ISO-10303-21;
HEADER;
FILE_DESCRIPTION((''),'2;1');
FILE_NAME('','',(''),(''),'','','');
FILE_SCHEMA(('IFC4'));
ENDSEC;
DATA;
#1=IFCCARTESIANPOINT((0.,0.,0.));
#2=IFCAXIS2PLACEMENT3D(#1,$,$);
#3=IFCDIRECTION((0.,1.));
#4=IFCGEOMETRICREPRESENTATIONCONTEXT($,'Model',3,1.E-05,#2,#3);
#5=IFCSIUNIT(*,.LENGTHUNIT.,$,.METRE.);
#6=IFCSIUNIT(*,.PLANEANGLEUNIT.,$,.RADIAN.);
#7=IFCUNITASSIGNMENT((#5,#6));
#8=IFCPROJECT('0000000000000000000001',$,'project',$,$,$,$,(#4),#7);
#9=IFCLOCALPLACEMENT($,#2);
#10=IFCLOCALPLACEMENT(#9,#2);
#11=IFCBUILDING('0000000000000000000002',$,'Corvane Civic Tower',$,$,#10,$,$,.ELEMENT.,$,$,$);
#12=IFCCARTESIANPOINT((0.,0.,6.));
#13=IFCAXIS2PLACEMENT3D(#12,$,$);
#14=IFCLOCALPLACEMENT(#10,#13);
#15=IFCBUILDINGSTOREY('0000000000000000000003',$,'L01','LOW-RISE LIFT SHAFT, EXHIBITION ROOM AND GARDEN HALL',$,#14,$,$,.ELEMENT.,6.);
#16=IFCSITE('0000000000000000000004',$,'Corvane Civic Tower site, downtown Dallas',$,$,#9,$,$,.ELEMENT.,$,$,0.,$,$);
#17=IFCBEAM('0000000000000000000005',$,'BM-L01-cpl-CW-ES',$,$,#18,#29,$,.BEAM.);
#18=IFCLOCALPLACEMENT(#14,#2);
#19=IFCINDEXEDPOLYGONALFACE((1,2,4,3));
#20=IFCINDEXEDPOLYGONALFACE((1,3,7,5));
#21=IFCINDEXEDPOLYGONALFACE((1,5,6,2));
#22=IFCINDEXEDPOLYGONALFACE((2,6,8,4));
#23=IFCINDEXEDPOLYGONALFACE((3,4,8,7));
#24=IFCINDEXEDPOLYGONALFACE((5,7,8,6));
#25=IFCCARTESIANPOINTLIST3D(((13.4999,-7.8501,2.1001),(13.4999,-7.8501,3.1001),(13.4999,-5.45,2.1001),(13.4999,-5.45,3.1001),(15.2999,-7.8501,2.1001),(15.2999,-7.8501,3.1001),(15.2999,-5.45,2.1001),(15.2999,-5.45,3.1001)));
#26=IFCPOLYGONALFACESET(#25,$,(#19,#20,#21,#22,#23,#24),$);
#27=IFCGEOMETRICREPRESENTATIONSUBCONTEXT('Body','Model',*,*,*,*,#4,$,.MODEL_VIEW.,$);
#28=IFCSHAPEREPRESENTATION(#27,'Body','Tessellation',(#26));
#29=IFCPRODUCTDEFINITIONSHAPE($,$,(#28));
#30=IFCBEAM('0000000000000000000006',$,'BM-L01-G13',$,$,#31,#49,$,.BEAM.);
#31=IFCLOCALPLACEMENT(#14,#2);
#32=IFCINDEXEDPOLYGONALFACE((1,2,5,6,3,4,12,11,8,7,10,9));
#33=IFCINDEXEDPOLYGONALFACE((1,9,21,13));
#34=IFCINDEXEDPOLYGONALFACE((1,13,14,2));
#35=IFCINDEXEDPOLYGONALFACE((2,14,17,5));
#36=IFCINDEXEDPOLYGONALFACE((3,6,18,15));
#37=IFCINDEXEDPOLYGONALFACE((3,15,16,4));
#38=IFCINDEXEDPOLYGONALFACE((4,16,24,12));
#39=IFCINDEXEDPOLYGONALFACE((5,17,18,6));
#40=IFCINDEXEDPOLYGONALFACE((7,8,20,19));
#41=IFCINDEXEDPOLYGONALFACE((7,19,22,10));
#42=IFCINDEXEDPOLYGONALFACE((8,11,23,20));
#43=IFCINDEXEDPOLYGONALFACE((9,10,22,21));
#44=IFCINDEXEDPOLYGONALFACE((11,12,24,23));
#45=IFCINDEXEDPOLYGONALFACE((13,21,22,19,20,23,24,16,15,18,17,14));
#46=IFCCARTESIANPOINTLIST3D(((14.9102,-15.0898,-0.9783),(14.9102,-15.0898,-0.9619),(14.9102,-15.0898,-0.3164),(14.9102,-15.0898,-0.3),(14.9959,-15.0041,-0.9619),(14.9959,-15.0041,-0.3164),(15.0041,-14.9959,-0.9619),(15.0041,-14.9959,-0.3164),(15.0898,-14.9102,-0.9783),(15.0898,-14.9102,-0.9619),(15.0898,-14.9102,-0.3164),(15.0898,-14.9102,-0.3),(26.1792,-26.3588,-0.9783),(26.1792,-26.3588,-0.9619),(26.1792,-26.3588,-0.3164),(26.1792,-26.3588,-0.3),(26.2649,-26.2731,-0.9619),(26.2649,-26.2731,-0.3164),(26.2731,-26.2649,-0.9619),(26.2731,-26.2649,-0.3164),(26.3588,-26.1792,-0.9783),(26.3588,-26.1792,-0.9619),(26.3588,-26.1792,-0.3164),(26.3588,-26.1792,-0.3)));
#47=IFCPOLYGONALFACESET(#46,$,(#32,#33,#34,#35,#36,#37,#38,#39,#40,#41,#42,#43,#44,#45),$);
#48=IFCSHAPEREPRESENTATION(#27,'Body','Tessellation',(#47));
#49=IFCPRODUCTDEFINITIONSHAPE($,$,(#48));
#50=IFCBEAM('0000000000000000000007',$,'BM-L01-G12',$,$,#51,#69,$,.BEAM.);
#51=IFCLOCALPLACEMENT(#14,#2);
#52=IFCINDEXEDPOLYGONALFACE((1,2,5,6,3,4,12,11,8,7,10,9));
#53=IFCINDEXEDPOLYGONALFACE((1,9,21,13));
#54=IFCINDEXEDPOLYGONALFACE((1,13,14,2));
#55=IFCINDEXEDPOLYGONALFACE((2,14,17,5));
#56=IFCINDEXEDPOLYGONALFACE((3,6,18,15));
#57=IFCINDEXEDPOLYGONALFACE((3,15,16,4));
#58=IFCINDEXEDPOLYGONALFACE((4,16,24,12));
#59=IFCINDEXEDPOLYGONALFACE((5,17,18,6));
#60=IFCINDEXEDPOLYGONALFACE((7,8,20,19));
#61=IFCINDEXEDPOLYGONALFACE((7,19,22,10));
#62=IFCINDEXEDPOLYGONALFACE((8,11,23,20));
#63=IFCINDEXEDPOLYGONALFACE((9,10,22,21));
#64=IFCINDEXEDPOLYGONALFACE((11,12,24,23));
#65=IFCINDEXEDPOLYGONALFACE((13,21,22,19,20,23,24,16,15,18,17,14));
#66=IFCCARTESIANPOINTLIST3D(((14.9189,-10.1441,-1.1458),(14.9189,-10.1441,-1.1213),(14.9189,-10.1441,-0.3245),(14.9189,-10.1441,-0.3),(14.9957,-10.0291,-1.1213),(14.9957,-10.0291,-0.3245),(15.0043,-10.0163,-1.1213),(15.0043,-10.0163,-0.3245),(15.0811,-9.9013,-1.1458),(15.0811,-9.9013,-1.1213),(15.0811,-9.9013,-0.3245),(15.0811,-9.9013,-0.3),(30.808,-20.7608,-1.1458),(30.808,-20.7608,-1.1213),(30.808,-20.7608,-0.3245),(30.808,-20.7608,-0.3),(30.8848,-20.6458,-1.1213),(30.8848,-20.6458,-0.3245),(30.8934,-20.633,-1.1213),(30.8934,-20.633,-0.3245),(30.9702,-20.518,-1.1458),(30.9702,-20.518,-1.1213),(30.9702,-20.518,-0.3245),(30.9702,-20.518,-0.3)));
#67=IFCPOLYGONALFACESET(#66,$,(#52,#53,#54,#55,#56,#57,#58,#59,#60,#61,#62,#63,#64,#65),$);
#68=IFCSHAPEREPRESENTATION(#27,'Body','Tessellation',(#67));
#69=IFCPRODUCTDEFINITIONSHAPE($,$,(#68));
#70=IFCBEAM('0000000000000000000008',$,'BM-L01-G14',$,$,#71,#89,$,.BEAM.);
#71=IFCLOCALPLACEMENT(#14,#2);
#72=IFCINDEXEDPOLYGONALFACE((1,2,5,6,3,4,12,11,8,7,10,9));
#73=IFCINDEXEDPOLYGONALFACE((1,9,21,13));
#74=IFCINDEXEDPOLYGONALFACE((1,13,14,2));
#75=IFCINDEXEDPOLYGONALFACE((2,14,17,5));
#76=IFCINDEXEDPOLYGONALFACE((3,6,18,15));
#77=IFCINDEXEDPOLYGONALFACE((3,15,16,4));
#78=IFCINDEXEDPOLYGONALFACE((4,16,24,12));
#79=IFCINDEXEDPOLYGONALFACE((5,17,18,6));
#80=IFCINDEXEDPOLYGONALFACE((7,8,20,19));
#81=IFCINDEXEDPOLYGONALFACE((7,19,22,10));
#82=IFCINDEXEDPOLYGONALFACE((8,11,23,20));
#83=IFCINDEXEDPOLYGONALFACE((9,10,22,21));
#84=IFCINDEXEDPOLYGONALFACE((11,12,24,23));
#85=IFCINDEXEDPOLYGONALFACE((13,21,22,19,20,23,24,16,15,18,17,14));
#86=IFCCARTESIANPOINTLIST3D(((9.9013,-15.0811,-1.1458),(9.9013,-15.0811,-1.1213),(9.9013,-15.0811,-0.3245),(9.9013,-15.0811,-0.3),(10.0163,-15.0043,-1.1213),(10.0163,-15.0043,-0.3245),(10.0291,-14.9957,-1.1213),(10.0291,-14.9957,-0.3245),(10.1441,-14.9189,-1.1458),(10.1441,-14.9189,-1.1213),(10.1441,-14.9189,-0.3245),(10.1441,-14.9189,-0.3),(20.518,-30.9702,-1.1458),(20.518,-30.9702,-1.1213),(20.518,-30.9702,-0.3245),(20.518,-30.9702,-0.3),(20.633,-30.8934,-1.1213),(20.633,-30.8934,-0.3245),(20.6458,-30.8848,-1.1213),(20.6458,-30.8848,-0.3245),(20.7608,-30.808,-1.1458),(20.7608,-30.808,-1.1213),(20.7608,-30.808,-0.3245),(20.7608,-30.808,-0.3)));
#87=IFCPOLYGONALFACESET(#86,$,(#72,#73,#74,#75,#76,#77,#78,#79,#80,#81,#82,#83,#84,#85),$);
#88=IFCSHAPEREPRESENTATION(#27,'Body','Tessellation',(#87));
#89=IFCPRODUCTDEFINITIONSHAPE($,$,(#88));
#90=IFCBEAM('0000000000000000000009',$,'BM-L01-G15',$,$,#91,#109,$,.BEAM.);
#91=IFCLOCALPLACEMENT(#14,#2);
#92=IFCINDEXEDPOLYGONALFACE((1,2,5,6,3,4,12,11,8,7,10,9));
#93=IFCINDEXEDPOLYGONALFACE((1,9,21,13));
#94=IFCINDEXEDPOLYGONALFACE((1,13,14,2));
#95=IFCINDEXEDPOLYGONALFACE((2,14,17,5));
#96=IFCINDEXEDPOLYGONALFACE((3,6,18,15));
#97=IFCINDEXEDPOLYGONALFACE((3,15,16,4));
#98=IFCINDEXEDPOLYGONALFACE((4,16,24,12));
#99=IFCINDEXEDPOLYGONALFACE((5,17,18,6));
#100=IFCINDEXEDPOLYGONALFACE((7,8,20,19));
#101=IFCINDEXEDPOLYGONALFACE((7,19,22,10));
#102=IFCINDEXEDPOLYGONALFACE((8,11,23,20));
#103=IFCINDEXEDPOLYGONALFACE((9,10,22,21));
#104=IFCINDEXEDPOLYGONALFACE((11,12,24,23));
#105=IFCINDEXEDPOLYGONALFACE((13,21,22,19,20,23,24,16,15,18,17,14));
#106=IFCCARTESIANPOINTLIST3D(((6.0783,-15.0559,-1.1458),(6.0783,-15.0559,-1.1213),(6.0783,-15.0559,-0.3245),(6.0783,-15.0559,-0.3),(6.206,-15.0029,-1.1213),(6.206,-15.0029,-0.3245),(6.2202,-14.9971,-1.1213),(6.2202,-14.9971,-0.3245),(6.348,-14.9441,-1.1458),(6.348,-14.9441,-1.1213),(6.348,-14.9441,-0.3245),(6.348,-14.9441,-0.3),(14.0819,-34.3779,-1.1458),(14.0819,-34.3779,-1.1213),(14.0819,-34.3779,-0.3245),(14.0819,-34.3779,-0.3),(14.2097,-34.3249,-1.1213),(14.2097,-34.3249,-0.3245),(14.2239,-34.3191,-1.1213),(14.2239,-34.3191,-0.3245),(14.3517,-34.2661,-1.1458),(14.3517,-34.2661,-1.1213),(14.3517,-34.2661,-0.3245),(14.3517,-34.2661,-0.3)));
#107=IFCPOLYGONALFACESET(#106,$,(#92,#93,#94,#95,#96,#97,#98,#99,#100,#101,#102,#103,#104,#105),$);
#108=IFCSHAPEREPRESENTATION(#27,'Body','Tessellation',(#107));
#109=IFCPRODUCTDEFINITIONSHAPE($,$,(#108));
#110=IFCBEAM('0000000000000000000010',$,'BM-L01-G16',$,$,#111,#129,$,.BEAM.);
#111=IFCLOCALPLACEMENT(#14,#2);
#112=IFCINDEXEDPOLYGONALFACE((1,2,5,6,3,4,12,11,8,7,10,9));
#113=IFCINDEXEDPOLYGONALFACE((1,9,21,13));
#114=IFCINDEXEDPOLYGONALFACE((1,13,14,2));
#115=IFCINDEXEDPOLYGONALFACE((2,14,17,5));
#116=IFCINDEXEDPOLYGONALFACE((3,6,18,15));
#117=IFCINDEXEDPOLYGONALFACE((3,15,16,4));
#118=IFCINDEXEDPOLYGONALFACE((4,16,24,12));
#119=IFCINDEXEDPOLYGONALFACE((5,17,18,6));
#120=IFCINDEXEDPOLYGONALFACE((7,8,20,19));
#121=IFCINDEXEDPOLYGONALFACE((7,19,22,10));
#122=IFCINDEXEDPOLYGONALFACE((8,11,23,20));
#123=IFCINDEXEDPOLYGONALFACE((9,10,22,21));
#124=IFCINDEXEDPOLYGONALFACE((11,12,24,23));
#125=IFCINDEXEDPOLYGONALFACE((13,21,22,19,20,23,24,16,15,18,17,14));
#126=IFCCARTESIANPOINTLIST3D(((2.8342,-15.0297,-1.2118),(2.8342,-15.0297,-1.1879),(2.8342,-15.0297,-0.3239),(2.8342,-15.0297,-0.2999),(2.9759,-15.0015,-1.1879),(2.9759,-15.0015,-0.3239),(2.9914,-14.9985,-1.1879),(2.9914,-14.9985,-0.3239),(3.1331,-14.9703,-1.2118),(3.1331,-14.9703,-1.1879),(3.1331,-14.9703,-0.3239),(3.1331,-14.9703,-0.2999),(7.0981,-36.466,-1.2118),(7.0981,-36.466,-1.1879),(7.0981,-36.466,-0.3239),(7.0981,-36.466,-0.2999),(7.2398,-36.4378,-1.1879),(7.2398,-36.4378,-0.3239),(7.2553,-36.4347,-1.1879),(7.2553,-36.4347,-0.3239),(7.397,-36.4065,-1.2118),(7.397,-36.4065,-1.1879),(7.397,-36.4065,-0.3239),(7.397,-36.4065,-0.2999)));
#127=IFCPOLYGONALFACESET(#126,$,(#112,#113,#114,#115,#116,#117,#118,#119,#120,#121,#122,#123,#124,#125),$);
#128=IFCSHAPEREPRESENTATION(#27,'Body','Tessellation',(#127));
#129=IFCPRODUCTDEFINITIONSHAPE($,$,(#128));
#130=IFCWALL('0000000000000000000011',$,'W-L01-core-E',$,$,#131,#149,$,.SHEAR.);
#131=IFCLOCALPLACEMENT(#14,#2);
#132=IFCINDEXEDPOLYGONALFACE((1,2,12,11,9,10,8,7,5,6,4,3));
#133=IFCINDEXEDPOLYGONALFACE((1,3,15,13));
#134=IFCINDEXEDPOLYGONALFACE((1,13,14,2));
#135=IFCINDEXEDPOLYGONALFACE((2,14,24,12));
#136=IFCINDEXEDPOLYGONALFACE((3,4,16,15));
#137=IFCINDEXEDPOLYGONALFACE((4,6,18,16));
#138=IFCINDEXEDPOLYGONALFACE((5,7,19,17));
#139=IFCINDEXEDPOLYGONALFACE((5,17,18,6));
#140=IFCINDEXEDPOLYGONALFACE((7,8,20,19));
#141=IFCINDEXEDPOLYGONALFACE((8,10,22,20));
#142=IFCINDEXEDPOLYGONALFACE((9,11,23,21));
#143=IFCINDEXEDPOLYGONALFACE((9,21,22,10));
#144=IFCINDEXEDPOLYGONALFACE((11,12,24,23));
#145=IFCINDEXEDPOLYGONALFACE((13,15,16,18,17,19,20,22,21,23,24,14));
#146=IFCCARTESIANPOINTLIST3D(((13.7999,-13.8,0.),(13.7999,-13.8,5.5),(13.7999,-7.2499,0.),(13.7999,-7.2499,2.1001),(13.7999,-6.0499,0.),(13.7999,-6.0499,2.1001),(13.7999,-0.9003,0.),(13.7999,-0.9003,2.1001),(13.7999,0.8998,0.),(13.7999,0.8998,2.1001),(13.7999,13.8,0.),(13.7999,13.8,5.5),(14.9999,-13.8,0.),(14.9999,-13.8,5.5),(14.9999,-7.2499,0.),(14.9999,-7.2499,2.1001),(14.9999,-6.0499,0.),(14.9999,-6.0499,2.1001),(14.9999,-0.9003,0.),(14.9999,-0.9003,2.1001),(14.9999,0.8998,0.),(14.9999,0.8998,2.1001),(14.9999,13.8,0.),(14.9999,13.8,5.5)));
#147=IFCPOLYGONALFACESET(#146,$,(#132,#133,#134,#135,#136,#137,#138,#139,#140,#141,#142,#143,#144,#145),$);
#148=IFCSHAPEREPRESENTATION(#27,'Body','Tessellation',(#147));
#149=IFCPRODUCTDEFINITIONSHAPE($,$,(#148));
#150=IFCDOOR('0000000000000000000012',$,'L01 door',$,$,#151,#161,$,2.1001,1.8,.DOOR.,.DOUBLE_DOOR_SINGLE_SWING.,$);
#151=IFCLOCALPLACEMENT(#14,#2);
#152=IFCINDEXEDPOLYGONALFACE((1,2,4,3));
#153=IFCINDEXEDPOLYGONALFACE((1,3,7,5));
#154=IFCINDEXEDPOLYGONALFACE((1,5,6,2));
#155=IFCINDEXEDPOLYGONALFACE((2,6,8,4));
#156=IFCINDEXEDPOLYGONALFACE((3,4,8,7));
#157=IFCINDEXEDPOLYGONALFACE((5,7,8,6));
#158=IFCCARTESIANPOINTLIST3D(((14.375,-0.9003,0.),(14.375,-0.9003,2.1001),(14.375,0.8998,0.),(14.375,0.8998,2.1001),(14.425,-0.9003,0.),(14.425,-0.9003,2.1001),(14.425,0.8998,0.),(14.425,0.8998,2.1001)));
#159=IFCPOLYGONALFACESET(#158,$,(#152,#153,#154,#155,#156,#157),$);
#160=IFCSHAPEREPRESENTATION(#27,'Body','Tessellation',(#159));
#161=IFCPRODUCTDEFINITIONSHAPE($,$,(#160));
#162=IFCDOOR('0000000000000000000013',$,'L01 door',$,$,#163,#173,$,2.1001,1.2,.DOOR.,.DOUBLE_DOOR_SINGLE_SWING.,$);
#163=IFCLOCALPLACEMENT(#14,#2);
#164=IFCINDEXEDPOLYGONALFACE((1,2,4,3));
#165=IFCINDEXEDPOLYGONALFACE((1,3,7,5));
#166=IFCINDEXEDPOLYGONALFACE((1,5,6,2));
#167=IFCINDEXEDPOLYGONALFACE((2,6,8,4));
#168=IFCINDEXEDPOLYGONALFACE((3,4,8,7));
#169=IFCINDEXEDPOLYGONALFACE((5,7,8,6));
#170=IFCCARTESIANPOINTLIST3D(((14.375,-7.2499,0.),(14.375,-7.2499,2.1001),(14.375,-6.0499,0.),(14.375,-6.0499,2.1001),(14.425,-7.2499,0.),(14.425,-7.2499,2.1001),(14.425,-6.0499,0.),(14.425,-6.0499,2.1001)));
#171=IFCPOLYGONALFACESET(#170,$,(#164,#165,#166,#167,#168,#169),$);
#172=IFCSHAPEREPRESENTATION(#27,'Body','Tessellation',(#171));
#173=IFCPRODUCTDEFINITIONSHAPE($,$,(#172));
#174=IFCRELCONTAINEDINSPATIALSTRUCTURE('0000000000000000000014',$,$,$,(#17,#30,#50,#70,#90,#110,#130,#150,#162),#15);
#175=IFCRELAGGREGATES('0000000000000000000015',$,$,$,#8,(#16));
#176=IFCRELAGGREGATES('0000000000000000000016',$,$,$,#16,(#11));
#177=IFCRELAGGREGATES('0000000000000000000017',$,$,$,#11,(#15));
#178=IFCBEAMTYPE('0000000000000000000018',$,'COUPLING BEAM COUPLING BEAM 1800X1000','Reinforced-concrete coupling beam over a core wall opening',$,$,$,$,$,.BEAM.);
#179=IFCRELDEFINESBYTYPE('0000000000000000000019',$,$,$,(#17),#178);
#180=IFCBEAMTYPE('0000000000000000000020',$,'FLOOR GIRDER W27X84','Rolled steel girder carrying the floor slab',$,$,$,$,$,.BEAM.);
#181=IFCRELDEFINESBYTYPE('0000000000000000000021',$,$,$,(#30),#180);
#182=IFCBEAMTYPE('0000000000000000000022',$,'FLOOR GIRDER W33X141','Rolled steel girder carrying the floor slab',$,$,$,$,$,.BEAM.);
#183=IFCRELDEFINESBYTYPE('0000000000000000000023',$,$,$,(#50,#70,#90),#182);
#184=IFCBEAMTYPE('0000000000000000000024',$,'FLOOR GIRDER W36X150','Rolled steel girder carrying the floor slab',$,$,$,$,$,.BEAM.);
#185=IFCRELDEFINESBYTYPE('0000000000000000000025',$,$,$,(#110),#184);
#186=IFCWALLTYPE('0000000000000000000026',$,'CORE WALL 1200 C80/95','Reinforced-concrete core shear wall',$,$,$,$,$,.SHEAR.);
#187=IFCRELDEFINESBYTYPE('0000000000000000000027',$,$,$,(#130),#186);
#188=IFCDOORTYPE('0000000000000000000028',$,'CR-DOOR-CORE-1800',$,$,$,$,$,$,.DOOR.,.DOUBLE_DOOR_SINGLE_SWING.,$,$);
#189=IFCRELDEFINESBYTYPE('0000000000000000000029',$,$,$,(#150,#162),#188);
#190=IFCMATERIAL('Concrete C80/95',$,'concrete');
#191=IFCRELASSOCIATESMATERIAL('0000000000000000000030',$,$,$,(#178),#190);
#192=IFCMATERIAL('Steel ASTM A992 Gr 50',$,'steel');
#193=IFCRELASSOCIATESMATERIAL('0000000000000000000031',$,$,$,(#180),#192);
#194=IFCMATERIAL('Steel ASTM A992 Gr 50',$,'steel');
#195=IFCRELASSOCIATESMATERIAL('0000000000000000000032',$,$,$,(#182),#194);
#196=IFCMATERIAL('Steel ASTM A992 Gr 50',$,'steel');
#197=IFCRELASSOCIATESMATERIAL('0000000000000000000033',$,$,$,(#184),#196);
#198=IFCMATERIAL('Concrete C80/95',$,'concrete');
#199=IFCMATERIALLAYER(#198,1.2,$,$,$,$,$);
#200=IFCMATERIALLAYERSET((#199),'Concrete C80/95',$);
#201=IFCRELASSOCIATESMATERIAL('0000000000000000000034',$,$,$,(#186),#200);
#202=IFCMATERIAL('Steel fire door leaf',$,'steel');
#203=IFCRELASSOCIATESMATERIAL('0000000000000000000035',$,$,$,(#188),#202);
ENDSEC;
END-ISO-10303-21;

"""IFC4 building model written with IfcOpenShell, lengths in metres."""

from ifc_helpers import new_model, si_unit, direction, frame, frame_2d, origin, origin_2d, place, context, subcontext, project, spatial, rectangle, i_section, extrude, material, layer, layer_set, material_profile, profile_set, type_object, element, fill, save


model = new_model("IFC4")

# Units and contexts
model_context = context("Model", 3, precision=1e-05, world=origin(), true_north=direction((0.0, 1.0)))
body_context = subcontext(model_context, "Body", "Model", "MODEL_VIEW")
ifc_project = project(units=[si_unit("LENGTHUNIT", "METRE"), si_unit("PLANEANGLEUNIT", "RADIAN")], contexts=[model_context])

# Site, building, storey
site_placement = place(None, origin())
site = spatial("IfcSite", under=ifc_project, at=site_placement, Name="Corvane Civic Tower site, downtown Dallas", CompositionType="ELEMENT", RefElevation=0.0)
building_placement = place(site_placement, origin())
building = spatial("IfcBuilding", under=site, at=building_placement, Name="Corvane Civic Tower", CompositionType="ELEMENT")
storey_placement = place(building_placement, frame((0.0, 0.0, 6.0)))
storey = spatial("IfcBuildingStorey", under=building, at=storey_placement, Name="L01", Description="LOW-RISE LIFT SHAFT, EXHIBITION ROOM AND GARDEN HALL", CompositionType="ELEMENT", Elevation=6.0)

# Beams
ifc_material_1 = material(Name="Concrete C80/95", Category="concrete")
ifc_material_profile_1 = material_profile(ifc_material_1, rectangle(XDim=1.8, YDim=1.0, at=origin_2d()), Name="COUPLING BEAM 1800X1000")
ifc_profile_set_1 = profile_set([ifc_material_profile_1], Name="Concrete C80/95")
beam_type_1 = type_object("IfcBeamType", Name="COUPLING BEAM COUPLING BEAM 1800X1000", Description="Reinforced-concrete coupling beam over a core wall opening", PredefinedType="BEAM", material=ifc_profile_set_1)
beam_1_placement = place(storey_placement, frame((14.3999, -7.8501, 2.6001), z_axis=(0.0, 1.0, 0.0), x_axis=(-1.0, 0.0, 0.0)))
element("IfcBeam", 1, at=beam_1_placement, inside=storey, type_object=beam_type_1, Name="BM-L01-cpl-CW-ES", PredefinedType="BEAM", context=body_context, shape_type="SweptSolid", body=[
    extrude(rectangle(XDim=1.8, YDim=1.0, at=origin_2d()), origin(), (0.0, 0.0, 1.0), 2.4001),
])
ifc_material_2 = material(Name="Steel ASTM A992 Gr 50", Category="steel")
ifc_material_profile_2 = material_profile(ifc_material_2, i_section(OverallWidth=0.2539, OverallDepth=0.6782, WebThickness=0.0117, FlangeThickness=0.0164, at=origin_2d()), Name="W27X84")
ifc_profile_set_2 = profile_set([ifc_material_profile_2], Name="Steel ASTM A992 Gr 50")
beam_type_2 = type_object("IfcBeamType", Name="FLOOR GIRDER W27X84", Description="Rolled steel girder carrying the floor slab", PredefinedType="BEAM", material=ifc_profile_set_2)
beam_2_placement = place(storey_placement, frame((15.0, -15.0, -0.6392), z_axis=(0.707107, -0.707107, 0.0), x_axis=(0.707107, 0.707107, 0.0)))
element("IfcBeam", 2, at=beam_2_placement, inside=storey, type_object=beam_type_2, Name="BM-L01-G13", PredefinedType="BEAM", context=body_context, shape_type="SweptSolid", body=[
    extrude(i_section(OverallWidth=0.2539, OverallDepth=0.6782, WebThickness=0.0117, FlangeThickness=0.0164, at=origin_2d()), origin(), (0.0, 0.0, 1.0), 15.9368),
])
ifc_material_3 = material(Name="Steel ASTM A992 Gr 50", Category="steel")
ifc_material_profile_3 = material_profile(ifc_material_3, i_section(OverallWidth=0.292, OverallDepth=0.8457, WebThickness=0.0154, FlangeThickness=0.0244, at=origin_2d()), Name="W33X141")
ifc_profile_set_3 = profile_set([ifc_material_profile_3], Name="Steel ASTM A992 Gr 50")
beam_type_3 = type_object("IfcBeamType", Name="FLOOR GIRDER W33X141", Description="Rolled steel girder carrying the floor slab", PredefinedType="BEAM", material=ifc_profile_set_3)
for number, where, z_axis, x_axis, name in (
    (3, (15.0, -10.0227, -0.7229), (0.831472, -0.555567, 0.0), (0.555567, 0.831472, 0.0), "BM-L01-G12"),
    (4, (10.0227, -15.0, -0.7229), (0.555567, -0.831472, 0.0), (0.831472, 0.555567, 0.0), "BM-L01-G14"),
):
    element("IfcBeam", number, at=place(storey_placement, frame(where, z_axis=z_axis, x_axis=x_axis)), inside=storey, type_object=beam_type_3, Name=name, PredefinedType="BEAM", context=body_context, shape_type="SweptSolid", body=[
        extrude(i_section(OverallWidth=0.292, OverallDepth=0.8457, WebThickness=0.0154, FlangeThickness=0.0244, at=origin_2d()), origin(), (0.0, 0.0, 1.0), 19.1096),
    ])
beam_3_placement = place(storey_placement, frame((6.2131, -15.0, -0.7229), z_axis=(0.382692, -0.923876, 0.0), x_axis=(0.923876, 0.382692, 0.0)))
element("IfcBeam", 5, at=beam_3_placement, inside=storey, type_object=beam_type_3, Name="BM-L01-G15", PredefinedType="BEAM", context=body_context, shape_type="SweptSolid", body=[
    extrude(i_section(OverallWidth=0.292, OverallDepth=0.8457, WebThickness=0.0154, FlangeThickness=0.0244, at=origin_2d()), origin(), (0.0, 0.0, 1.0), 20.9141),
])
ifc_material_4 = material(Name="Steel ASTM A992 Gr 50", Category="steel")
ifc_material_profile_4 = material_profile(ifc_material_4, i_section(OverallWidth=0.3047, OverallDepth=0.9119, WebThickness=0.0159, FlangeThickness=0.0239, at=origin_2d()), Name="W36X150")
ifc_profile_set_4 = profile_set([ifc_material_profile_4], Name="Steel ASTM A992 Gr 50")
beam_type_4 = type_object("IfcBeamType", Name="FLOOR GIRDER W36X150", Description="Rolled steel girder carrying the floor slab", PredefinedType="BEAM", material=ifc_profile_set_4)
beam_4_placement = place(storey_placement, frame((2.9836, -15.0, -0.7559), z_axis=(0.195089, -0.980785, 0.0), x_axis=(0.980785, 0.195089, 0.0)))
element("IfcBeam", 6, at=beam_4_placement, inside=storey, type_object=beam_type_4, Name="BM-L01-G16", PredefinedType="BEAM", context=body_context, shape_type="SweptSolid", body=[
    extrude(i_section(OverallWidth=0.3047, OverallDepth=0.9119, WebThickness=0.0159, FlangeThickness=0.0239, at=origin_2d()), origin(), (0.0, 0.0, 1.0), 21.8562),
])

# Wall, openings, doors
ifc_material_5 = material(Name="Concrete C80/95", Category="concrete")
ifc_layer_1 = layer(ifc_material_5, 1.2)
ifc_layer_set_1 = layer_set([ifc_layer_1], Name="Concrete C80/95")
wall_type_1 = type_object("IfcWallType", Name="CORE WALL 1200 C80/95", Description="Reinforced-concrete core shear wall", PredefinedType="SHEAR", material=ifc_layer_set_1)
wall_1_placement = place(storey_placement, frame((14.3999, -13.8, 0.0), z_axis=(0.0, 0.0, 1.0), x_axis=(0.0, 1.0, 0.0)))
wall_1 = element("IfcWall", 7, at=wall_1_placement, inside=storey, type_object=wall_type_1, Name="W-L01-core-E", PredefinedType="SHEAR", context=body_context, shape_type="SweptSolid", body=[
    extrude(rectangle(XDim=27.6001, YDim=1.2, at=frame_2d((13.8, 0.0))), origin(), (0.0, 0.0, 1.0), 5.5),
])
opening_1_placement = place(wall_1_placement, frame((12.8999, 0.0, 0.0)))
opening_1 = element("IfcOpeningElement", 8, at=opening_1_placement, cuts=wall_1, PredefinedType="OPENING", context=body_context, shape_type="SweptSolid", body=[
    extrude(rectangle(XDim=1.8, YDim=2.1001, at=frame_2d((0.8999, 1.05))), frame((0.0, 0.6099, 0.0), z_axis=(0.0, -1.0, 0.0), x_axis=(1.0, 0.0, 0.0)), (0.0, 0.0, 1.0), 1.22),
])
opening_2_placement = place(wall_1_placement, frame((6.55, 0.0, 0.0)))
opening_2 = element("IfcOpeningElement", 9, at=opening_2_placement, cuts=wall_1, PredefinedType="OPENING", context=body_context, shape_type="SweptSolid", body=[
    extrude(rectangle(XDim=1.2, YDim=2.1001, at=frame_2d((0.6001, 1.05))), frame((0.0, 0.6099, 0.0), z_axis=(0.0, -1.0, 0.0), x_axis=(1.0, 0.0, 0.0)), (0.0, 0.0, 1.0), 1.22),
])
ifc_material_6 = material(Name="Steel fire door leaf", Category="steel")
door_type_1 = type_object("IfcDoorType", Name="CR-DOOR-CORE-1800", OperationType="DOUBLE_DOOR_SINGLE_SWING", PredefinedType="DOOR", material=ifc_material_6)
door_1_placement = place(opening_1_placement, origin())
door_1 = element("IfcDoor", 10, at=door_1_placement, inside=storey, type_object=door_type_1, Name="L01 door", OperationType="DOUBLE_DOOR_SINGLE_SWING", OverallHeight=2.1001, OverallWidth=1.8, PredefinedType="DOOR", context=body_context, shape_type="SweptSolid", body=[
    extrude(rectangle(XDim=1.8, YDim=2.1001, at=frame_2d((0.8999, 1.05))), frame((0.0, 0.0249, 0.0), z_axis=(0.0, -1.0, 0.0), x_axis=(1.0, 0.0, 0.0)), (0.0, 0.0, 1.0), 0.05),
])
fill(opening_1, door_1)
door_2_placement = place(opening_2_placement, origin())
door_2 = element("IfcDoor", 11, at=door_2_placement, inside=storey, type_object=door_type_1, Name="L01 door", OperationType="DOUBLE_DOOR_SINGLE_SWING", OverallHeight=2.1001, OverallWidth=1.2, PredefinedType="DOOR", context=body_context, shape_type="SweptSolid", body=[
    extrude(rectangle(XDim=1.2, YDim=2.1001, at=frame_2d((0.6001, 1.05))), frame((0.0, 0.0249, 0.0), z_axis=(0.0, -1.0, 0.0), x_axis=(1.0, 0.0, 0.0)), (0.0, 0.0, 1.0), 0.05),
])
fill(opening_2, door_2)

save(model, "model.ifc")
